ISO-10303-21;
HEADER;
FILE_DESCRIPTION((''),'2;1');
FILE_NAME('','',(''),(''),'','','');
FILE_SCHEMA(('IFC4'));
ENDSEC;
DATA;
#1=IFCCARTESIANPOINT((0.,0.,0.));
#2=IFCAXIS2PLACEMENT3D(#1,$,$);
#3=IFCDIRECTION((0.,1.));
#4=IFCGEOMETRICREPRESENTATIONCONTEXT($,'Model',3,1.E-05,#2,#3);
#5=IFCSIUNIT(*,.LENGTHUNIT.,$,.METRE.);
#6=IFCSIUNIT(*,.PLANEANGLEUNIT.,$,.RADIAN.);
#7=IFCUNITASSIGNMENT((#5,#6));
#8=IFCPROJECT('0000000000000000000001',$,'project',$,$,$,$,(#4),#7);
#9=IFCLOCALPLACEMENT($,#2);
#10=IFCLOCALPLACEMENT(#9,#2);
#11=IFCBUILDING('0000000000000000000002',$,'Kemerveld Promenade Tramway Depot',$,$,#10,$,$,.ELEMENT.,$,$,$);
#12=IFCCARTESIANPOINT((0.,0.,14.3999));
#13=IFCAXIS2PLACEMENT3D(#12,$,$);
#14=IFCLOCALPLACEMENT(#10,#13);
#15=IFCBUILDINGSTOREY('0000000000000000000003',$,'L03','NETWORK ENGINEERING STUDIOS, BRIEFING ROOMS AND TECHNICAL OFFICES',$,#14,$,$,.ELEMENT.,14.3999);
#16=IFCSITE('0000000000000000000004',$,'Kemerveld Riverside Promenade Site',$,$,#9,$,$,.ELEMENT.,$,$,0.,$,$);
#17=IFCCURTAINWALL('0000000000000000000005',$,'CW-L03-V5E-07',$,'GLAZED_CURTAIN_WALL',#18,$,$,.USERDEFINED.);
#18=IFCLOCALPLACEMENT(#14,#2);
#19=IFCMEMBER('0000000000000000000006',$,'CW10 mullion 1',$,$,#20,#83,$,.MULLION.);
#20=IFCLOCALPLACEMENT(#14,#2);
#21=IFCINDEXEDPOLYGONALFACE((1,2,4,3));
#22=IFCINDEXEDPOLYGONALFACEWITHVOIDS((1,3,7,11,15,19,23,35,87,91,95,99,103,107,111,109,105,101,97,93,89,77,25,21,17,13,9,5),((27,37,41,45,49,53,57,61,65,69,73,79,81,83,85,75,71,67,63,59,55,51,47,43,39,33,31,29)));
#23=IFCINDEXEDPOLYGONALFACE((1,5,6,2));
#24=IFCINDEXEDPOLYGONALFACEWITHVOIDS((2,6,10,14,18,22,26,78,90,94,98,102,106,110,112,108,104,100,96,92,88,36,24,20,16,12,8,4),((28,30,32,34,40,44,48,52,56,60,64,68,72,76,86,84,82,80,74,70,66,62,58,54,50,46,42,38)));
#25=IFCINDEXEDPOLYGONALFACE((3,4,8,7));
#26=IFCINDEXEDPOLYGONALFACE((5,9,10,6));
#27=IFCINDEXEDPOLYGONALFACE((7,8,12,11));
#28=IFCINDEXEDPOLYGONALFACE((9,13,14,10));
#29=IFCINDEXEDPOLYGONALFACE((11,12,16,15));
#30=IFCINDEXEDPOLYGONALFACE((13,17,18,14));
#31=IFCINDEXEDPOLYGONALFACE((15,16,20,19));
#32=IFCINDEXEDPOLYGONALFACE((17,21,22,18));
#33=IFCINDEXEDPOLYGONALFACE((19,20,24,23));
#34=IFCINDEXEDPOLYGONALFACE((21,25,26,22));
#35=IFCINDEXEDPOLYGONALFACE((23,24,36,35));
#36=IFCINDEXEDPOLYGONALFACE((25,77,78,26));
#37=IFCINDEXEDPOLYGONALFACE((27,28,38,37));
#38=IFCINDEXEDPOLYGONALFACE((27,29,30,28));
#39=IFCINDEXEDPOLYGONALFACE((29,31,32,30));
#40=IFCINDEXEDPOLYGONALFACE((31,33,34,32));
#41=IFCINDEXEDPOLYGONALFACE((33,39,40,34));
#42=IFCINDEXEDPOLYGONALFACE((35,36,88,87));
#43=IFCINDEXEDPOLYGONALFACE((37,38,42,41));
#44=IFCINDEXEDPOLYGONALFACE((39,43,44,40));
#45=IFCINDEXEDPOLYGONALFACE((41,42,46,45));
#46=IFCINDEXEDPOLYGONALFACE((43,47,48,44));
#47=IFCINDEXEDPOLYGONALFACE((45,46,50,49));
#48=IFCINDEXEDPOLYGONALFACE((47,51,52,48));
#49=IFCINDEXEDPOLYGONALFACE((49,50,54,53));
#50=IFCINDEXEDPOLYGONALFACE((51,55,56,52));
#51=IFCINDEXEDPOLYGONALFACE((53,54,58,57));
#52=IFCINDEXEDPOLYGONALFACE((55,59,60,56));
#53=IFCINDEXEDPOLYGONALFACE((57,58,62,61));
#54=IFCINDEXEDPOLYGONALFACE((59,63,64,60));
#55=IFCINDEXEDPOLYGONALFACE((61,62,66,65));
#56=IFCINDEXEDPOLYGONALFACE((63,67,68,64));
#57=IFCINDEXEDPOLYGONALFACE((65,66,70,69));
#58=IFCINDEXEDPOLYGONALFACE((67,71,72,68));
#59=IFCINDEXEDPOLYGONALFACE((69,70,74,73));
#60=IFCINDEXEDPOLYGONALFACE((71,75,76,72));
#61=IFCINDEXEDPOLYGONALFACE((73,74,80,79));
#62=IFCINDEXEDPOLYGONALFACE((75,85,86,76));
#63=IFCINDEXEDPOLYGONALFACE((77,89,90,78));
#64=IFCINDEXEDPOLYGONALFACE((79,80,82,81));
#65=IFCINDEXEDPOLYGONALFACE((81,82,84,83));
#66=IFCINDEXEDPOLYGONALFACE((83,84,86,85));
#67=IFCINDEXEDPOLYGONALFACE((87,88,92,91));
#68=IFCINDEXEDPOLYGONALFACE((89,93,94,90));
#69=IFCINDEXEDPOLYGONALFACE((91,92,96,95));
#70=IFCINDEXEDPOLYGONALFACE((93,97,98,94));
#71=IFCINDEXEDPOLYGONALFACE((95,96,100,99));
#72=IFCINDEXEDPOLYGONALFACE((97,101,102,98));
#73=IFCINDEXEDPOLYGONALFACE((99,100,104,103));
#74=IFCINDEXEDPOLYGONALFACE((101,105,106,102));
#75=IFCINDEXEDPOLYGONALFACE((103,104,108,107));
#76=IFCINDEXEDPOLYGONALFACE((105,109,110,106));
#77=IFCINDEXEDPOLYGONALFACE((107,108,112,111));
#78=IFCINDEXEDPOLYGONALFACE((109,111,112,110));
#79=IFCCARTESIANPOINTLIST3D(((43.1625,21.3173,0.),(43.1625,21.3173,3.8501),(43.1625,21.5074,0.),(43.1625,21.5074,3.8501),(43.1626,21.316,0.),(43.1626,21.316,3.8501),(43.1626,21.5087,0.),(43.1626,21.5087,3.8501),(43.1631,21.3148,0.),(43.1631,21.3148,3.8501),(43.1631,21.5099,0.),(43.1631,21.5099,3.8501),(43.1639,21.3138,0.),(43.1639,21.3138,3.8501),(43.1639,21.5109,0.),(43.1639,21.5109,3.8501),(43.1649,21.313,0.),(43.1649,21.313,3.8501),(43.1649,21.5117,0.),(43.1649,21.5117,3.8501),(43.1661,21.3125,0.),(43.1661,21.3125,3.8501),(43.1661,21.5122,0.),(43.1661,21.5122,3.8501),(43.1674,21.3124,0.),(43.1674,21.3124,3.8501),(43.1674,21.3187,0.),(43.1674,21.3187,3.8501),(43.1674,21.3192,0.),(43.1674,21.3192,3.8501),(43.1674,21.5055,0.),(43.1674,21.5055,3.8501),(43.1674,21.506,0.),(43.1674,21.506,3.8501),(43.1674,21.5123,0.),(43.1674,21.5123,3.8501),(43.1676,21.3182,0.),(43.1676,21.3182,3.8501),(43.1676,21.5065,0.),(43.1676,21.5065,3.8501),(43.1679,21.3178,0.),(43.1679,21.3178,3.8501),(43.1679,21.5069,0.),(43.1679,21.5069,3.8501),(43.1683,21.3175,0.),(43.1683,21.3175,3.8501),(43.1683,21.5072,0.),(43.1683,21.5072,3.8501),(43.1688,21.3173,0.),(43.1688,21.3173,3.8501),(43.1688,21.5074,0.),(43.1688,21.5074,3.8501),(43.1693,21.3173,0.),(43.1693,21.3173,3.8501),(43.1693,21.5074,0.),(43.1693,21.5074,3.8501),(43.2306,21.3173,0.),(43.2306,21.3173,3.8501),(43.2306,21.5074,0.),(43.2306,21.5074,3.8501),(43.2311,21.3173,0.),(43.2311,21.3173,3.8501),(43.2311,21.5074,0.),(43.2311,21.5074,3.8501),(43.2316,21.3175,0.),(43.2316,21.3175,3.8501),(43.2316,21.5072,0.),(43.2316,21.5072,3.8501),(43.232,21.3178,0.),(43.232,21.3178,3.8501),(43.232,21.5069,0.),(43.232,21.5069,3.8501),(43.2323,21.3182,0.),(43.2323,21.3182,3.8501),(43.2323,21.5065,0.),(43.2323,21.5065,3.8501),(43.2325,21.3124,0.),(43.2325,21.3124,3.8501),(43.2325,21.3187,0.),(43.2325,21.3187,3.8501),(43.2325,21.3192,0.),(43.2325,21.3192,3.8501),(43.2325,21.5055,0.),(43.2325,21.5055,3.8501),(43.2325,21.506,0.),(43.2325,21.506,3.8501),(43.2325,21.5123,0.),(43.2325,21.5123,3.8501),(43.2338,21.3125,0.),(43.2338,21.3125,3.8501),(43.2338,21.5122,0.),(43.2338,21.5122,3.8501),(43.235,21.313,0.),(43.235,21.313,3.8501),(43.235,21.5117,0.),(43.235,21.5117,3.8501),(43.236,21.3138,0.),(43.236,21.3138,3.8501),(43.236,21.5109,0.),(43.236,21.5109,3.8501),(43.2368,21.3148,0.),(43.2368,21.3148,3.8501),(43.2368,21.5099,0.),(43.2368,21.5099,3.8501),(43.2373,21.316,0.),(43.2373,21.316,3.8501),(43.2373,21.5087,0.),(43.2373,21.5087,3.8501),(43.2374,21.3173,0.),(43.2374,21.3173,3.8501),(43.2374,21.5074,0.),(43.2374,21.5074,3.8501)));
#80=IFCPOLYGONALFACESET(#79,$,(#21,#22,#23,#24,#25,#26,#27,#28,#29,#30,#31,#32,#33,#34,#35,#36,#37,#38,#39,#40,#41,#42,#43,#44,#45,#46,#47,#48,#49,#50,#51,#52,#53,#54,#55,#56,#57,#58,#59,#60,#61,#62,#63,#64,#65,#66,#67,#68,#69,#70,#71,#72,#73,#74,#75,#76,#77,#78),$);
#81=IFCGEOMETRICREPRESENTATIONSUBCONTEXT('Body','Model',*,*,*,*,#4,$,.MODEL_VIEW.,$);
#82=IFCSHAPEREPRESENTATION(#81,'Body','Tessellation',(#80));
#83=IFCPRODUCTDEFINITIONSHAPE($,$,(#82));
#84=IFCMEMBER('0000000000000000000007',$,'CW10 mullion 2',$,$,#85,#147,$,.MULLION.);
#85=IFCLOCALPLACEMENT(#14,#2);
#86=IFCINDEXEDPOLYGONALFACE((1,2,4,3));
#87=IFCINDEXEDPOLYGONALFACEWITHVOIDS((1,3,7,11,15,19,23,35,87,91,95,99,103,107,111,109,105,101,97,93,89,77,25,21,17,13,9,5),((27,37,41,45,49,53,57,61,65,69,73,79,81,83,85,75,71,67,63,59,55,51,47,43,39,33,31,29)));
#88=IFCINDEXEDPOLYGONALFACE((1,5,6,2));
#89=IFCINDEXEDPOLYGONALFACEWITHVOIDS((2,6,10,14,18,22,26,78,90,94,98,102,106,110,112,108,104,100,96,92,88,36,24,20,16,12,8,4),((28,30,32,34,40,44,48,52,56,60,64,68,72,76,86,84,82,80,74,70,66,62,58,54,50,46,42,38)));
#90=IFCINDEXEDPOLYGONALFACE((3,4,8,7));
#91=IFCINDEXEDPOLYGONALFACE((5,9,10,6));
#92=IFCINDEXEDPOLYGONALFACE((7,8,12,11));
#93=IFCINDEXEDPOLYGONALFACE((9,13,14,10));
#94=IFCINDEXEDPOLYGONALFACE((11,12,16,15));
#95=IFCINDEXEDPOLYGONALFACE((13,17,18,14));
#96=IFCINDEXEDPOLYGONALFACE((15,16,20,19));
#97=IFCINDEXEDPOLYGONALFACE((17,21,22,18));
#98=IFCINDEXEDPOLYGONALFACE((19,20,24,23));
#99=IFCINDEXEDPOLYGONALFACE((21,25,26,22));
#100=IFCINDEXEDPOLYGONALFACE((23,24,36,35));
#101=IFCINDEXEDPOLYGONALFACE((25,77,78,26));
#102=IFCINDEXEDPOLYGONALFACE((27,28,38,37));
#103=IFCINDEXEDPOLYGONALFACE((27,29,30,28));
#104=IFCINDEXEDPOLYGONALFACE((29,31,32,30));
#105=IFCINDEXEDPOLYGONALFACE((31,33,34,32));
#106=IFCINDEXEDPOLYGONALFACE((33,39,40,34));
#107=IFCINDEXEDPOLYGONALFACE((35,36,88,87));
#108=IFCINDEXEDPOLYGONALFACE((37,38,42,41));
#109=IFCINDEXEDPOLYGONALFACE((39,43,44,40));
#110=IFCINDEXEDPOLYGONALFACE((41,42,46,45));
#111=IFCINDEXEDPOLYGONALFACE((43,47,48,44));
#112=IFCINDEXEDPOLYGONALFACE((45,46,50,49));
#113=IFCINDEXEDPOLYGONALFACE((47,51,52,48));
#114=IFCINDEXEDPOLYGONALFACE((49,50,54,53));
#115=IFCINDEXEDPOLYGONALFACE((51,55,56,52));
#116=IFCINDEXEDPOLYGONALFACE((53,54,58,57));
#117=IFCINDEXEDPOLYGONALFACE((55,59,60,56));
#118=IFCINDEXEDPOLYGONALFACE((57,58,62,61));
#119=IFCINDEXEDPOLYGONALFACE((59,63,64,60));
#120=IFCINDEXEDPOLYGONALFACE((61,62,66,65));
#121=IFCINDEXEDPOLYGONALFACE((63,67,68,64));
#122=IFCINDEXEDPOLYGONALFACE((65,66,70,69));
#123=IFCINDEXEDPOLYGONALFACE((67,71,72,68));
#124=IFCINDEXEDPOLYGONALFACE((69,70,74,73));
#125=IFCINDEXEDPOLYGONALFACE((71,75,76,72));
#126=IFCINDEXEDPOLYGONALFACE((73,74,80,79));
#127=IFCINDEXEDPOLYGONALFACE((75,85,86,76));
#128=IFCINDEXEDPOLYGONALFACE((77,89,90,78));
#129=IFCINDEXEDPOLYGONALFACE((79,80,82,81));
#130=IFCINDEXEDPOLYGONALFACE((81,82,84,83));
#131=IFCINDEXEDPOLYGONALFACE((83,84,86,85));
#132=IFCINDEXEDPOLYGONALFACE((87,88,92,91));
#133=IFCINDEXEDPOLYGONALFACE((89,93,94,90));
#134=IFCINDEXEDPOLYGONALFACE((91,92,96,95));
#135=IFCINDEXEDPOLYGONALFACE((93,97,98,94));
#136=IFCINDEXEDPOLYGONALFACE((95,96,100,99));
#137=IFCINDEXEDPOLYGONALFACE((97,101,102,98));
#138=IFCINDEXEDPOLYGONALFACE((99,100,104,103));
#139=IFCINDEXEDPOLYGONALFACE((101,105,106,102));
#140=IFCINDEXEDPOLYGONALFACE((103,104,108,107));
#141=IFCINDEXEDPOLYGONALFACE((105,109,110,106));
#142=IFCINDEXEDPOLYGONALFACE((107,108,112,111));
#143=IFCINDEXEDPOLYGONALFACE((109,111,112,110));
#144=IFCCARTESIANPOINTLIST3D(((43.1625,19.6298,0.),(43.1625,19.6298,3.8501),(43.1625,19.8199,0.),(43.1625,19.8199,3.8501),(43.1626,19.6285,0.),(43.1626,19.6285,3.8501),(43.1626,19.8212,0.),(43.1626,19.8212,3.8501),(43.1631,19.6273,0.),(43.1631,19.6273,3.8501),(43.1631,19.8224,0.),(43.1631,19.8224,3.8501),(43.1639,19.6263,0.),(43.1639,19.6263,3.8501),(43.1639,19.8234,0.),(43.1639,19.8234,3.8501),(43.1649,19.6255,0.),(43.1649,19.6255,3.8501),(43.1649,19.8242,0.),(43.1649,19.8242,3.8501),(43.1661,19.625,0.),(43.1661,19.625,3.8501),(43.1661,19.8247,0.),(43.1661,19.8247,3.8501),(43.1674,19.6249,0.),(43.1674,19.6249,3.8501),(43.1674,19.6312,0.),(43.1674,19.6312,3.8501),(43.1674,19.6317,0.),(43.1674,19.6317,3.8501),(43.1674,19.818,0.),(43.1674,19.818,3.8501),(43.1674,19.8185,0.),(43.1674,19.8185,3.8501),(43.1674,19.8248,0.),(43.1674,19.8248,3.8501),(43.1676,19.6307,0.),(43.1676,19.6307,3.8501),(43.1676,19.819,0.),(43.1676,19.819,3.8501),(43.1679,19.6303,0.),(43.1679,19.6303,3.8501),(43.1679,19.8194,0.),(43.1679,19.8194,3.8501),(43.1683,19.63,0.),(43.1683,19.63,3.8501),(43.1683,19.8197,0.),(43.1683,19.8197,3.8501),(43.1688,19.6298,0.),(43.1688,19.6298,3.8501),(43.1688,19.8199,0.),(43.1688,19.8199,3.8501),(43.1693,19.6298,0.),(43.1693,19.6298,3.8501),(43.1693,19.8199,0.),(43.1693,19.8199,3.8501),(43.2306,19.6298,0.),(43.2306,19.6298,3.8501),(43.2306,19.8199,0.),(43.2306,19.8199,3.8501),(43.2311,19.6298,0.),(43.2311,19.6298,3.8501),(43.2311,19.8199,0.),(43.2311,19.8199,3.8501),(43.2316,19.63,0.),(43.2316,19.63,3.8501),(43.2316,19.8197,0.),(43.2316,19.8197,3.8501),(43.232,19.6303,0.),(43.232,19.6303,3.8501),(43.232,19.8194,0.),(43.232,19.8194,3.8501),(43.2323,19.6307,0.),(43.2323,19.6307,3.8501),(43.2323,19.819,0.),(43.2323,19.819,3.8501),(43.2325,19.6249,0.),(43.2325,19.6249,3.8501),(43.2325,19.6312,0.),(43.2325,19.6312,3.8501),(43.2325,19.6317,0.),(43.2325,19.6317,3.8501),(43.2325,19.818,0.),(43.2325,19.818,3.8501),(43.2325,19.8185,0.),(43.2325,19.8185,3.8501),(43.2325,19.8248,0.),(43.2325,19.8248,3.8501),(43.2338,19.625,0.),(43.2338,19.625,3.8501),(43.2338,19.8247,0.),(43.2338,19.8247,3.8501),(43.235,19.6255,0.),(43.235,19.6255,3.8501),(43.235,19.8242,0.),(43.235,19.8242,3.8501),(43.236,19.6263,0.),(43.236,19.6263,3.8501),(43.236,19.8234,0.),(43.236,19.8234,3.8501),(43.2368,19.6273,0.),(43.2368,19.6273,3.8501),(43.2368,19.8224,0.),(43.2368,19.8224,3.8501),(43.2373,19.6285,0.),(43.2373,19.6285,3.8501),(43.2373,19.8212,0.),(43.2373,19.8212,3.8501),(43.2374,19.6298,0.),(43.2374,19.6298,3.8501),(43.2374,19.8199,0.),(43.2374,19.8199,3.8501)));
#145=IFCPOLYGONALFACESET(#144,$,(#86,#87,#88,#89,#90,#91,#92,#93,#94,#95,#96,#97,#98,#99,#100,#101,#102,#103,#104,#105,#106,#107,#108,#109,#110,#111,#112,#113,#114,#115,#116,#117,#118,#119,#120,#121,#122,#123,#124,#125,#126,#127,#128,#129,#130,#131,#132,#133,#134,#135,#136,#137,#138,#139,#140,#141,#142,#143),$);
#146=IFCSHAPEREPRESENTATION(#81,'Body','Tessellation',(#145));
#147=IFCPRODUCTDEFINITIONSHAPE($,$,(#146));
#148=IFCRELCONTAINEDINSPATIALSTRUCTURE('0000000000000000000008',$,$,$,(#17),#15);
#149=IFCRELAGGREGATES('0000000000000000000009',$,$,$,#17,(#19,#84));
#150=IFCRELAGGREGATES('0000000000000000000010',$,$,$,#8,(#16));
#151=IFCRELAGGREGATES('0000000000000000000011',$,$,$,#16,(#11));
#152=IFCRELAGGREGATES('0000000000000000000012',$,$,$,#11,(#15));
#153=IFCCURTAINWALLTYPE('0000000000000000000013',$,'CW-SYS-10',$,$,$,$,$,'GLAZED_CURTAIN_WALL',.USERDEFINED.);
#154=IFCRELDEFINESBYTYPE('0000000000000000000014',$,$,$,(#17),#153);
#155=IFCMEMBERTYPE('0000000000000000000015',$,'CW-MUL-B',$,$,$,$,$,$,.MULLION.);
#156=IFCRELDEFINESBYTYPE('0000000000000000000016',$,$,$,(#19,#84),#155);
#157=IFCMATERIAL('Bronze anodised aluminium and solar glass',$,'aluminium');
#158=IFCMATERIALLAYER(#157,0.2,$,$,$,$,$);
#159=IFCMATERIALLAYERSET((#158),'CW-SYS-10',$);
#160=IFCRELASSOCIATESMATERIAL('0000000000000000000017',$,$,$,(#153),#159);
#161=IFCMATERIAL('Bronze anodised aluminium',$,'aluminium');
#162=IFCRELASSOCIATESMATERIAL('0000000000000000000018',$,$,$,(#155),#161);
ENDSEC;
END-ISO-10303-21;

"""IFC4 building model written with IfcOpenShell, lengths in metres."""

from ifc_helpers import new_model, si_unit, direction, frame, origin, origin_2d, place, context, subcontext, project, spatial, hollow_rectangle, extrude, material, layer, layer_set, material_profile, profile_set, type_object, element, aggregate, save


model = new_model("IFC4")

# Units and contexts
model_context = context("Model", 3, precision=1e-05, world=origin(), true_north=direction((0.0, 1.0)))
body_context = subcontext(model_context, "Body", "Model", "MODEL_VIEW")
ifc_project = project(units=[si_unit("LENGTHUNIT", "METRE"), si_unit("PLANEANGLEUNIT", "RADIAN")], contexts=[model_context])

# Site, building, storey
site_placement = place(None, origin())
site = spatial("IfcSite", under=ifc_project, at=site_placement, Name="Kemerveld Riverside Promenade Site", CompositionType="ELEMENT", RefElevation=0.0)
building_placement = place(site_placement, origin())
building = spatial("IfcBuilding", under=site, at=building_placement, Name="Kemerveld Promenade Tramway Depot", CompositionType="ELEMENT")
storey_placement = place(building_placement, frame((0.0, 0.0, 14.3999)))
storey = spatial("IfcBuildingStorey", under=building, at=storey_placement, Name="L03", Description="NETWORK ENGINEERING STUDIOS, BRIEFING ROOMS AND TECHNICAL OFFICES", CompositionType="ELEMENT", Elevation=14.3999)

# Curtain wall, members
ifc_material_1 = material(Name="Bronze anodised aluminium and solar glass", Category="aluminium")
ifc_layer_1 = layer(ifc_material_1, 0.2)
ifc_layer_set_1 = layer_set([ifc_layer_1], Name="CW-SYS-10")
curtain_wall_type = type_object("IfcCurtainWallType", Name="CW-SYS-10", ElementType="GLAZED_CURTAIN_WALL", PredefinedType="USERDEFINED", material=ifc_layer_set_1)
curtain_wall_placement = place(storey_placement, origin())
curtain_wall = element("IfcCurtainWall", 1, at=curtain_wall_placement, inside=storey, type_object=curtain_wall_type, Name="CW-L03-V5E-07", ObjectType="GLAZED_CURTAIN_WALL", PredefinedType="USERDEFINED")
ifc_material_2 = material(Name="Bronze anodised aluminium", Category="aluminium")
ifc_material_profile_1 = material_profile(ifc_material_2, hollow_rectangle(XDim=0.075, YDim=0.2, WallThickness=0.0049, InnerFilletRadius=0.002, OuterFilletRadius=0.0049, at=origin_2d()), Name="CW-MUL-200x75")
ifc_profile_set_1 = profile_set([ifc_material_profile_1], Name="Bronze anodised aluminium")
member_type_1 = type_object("IfcMemberType", Name="CW-MUL-B", PredefinedType="MULLION", material=ifc_profile_set_1)
member_1_placement = place(storey_placement, frame((43.2, 21.4124, 0.0), z_axis=(0.0, 0.0, 1.0), x_axis=(1.0, 0.0, 0.0)))
member_1 = element("IfcMember", 2, at=member_1_placement, type_object=member_type_1, Name="CW10 mullion 1", PredefinedType="MULLION", context=body_context, shape_type="SweptSolid", body=[
    extrude(hollow_rectangle(XDim=0.075, YDim=0.2, WallThickness=0.0049, InnerFilletRadius=0.002, OuterFilletRadius=0.0049, at=origin_2d()), origin(), (0.0, 0.0, 1.0), 3.8501),
])
member_2_placement = place(storey_placement, frame((43.2, 19.7249, 0.0), z_axis=(0.0, 0.0, 1.0), x_axis=(1.0, 0.0, 0.0)))
member_2 = element("IfcMember", 3, at=member_2_placement, type_object=member_type_1, Name="CW10 mullion 2", PredefinedType="MULLION", context=body_context, shape_type="SweptSolid", body=[
    extrude(hollow_rectangle(XDim=0.075, YDim=0.2, WallThickness=0.0049, InnerFilletRadius=0.002, OuterFilletRadius=0.0049, at=origin_2d()), origin(), (0.0, 0.0, 1.0), 3.8501),
])
aggregate(curtain_wall, [member_1, member_2])

save(model, "model.ifc")
